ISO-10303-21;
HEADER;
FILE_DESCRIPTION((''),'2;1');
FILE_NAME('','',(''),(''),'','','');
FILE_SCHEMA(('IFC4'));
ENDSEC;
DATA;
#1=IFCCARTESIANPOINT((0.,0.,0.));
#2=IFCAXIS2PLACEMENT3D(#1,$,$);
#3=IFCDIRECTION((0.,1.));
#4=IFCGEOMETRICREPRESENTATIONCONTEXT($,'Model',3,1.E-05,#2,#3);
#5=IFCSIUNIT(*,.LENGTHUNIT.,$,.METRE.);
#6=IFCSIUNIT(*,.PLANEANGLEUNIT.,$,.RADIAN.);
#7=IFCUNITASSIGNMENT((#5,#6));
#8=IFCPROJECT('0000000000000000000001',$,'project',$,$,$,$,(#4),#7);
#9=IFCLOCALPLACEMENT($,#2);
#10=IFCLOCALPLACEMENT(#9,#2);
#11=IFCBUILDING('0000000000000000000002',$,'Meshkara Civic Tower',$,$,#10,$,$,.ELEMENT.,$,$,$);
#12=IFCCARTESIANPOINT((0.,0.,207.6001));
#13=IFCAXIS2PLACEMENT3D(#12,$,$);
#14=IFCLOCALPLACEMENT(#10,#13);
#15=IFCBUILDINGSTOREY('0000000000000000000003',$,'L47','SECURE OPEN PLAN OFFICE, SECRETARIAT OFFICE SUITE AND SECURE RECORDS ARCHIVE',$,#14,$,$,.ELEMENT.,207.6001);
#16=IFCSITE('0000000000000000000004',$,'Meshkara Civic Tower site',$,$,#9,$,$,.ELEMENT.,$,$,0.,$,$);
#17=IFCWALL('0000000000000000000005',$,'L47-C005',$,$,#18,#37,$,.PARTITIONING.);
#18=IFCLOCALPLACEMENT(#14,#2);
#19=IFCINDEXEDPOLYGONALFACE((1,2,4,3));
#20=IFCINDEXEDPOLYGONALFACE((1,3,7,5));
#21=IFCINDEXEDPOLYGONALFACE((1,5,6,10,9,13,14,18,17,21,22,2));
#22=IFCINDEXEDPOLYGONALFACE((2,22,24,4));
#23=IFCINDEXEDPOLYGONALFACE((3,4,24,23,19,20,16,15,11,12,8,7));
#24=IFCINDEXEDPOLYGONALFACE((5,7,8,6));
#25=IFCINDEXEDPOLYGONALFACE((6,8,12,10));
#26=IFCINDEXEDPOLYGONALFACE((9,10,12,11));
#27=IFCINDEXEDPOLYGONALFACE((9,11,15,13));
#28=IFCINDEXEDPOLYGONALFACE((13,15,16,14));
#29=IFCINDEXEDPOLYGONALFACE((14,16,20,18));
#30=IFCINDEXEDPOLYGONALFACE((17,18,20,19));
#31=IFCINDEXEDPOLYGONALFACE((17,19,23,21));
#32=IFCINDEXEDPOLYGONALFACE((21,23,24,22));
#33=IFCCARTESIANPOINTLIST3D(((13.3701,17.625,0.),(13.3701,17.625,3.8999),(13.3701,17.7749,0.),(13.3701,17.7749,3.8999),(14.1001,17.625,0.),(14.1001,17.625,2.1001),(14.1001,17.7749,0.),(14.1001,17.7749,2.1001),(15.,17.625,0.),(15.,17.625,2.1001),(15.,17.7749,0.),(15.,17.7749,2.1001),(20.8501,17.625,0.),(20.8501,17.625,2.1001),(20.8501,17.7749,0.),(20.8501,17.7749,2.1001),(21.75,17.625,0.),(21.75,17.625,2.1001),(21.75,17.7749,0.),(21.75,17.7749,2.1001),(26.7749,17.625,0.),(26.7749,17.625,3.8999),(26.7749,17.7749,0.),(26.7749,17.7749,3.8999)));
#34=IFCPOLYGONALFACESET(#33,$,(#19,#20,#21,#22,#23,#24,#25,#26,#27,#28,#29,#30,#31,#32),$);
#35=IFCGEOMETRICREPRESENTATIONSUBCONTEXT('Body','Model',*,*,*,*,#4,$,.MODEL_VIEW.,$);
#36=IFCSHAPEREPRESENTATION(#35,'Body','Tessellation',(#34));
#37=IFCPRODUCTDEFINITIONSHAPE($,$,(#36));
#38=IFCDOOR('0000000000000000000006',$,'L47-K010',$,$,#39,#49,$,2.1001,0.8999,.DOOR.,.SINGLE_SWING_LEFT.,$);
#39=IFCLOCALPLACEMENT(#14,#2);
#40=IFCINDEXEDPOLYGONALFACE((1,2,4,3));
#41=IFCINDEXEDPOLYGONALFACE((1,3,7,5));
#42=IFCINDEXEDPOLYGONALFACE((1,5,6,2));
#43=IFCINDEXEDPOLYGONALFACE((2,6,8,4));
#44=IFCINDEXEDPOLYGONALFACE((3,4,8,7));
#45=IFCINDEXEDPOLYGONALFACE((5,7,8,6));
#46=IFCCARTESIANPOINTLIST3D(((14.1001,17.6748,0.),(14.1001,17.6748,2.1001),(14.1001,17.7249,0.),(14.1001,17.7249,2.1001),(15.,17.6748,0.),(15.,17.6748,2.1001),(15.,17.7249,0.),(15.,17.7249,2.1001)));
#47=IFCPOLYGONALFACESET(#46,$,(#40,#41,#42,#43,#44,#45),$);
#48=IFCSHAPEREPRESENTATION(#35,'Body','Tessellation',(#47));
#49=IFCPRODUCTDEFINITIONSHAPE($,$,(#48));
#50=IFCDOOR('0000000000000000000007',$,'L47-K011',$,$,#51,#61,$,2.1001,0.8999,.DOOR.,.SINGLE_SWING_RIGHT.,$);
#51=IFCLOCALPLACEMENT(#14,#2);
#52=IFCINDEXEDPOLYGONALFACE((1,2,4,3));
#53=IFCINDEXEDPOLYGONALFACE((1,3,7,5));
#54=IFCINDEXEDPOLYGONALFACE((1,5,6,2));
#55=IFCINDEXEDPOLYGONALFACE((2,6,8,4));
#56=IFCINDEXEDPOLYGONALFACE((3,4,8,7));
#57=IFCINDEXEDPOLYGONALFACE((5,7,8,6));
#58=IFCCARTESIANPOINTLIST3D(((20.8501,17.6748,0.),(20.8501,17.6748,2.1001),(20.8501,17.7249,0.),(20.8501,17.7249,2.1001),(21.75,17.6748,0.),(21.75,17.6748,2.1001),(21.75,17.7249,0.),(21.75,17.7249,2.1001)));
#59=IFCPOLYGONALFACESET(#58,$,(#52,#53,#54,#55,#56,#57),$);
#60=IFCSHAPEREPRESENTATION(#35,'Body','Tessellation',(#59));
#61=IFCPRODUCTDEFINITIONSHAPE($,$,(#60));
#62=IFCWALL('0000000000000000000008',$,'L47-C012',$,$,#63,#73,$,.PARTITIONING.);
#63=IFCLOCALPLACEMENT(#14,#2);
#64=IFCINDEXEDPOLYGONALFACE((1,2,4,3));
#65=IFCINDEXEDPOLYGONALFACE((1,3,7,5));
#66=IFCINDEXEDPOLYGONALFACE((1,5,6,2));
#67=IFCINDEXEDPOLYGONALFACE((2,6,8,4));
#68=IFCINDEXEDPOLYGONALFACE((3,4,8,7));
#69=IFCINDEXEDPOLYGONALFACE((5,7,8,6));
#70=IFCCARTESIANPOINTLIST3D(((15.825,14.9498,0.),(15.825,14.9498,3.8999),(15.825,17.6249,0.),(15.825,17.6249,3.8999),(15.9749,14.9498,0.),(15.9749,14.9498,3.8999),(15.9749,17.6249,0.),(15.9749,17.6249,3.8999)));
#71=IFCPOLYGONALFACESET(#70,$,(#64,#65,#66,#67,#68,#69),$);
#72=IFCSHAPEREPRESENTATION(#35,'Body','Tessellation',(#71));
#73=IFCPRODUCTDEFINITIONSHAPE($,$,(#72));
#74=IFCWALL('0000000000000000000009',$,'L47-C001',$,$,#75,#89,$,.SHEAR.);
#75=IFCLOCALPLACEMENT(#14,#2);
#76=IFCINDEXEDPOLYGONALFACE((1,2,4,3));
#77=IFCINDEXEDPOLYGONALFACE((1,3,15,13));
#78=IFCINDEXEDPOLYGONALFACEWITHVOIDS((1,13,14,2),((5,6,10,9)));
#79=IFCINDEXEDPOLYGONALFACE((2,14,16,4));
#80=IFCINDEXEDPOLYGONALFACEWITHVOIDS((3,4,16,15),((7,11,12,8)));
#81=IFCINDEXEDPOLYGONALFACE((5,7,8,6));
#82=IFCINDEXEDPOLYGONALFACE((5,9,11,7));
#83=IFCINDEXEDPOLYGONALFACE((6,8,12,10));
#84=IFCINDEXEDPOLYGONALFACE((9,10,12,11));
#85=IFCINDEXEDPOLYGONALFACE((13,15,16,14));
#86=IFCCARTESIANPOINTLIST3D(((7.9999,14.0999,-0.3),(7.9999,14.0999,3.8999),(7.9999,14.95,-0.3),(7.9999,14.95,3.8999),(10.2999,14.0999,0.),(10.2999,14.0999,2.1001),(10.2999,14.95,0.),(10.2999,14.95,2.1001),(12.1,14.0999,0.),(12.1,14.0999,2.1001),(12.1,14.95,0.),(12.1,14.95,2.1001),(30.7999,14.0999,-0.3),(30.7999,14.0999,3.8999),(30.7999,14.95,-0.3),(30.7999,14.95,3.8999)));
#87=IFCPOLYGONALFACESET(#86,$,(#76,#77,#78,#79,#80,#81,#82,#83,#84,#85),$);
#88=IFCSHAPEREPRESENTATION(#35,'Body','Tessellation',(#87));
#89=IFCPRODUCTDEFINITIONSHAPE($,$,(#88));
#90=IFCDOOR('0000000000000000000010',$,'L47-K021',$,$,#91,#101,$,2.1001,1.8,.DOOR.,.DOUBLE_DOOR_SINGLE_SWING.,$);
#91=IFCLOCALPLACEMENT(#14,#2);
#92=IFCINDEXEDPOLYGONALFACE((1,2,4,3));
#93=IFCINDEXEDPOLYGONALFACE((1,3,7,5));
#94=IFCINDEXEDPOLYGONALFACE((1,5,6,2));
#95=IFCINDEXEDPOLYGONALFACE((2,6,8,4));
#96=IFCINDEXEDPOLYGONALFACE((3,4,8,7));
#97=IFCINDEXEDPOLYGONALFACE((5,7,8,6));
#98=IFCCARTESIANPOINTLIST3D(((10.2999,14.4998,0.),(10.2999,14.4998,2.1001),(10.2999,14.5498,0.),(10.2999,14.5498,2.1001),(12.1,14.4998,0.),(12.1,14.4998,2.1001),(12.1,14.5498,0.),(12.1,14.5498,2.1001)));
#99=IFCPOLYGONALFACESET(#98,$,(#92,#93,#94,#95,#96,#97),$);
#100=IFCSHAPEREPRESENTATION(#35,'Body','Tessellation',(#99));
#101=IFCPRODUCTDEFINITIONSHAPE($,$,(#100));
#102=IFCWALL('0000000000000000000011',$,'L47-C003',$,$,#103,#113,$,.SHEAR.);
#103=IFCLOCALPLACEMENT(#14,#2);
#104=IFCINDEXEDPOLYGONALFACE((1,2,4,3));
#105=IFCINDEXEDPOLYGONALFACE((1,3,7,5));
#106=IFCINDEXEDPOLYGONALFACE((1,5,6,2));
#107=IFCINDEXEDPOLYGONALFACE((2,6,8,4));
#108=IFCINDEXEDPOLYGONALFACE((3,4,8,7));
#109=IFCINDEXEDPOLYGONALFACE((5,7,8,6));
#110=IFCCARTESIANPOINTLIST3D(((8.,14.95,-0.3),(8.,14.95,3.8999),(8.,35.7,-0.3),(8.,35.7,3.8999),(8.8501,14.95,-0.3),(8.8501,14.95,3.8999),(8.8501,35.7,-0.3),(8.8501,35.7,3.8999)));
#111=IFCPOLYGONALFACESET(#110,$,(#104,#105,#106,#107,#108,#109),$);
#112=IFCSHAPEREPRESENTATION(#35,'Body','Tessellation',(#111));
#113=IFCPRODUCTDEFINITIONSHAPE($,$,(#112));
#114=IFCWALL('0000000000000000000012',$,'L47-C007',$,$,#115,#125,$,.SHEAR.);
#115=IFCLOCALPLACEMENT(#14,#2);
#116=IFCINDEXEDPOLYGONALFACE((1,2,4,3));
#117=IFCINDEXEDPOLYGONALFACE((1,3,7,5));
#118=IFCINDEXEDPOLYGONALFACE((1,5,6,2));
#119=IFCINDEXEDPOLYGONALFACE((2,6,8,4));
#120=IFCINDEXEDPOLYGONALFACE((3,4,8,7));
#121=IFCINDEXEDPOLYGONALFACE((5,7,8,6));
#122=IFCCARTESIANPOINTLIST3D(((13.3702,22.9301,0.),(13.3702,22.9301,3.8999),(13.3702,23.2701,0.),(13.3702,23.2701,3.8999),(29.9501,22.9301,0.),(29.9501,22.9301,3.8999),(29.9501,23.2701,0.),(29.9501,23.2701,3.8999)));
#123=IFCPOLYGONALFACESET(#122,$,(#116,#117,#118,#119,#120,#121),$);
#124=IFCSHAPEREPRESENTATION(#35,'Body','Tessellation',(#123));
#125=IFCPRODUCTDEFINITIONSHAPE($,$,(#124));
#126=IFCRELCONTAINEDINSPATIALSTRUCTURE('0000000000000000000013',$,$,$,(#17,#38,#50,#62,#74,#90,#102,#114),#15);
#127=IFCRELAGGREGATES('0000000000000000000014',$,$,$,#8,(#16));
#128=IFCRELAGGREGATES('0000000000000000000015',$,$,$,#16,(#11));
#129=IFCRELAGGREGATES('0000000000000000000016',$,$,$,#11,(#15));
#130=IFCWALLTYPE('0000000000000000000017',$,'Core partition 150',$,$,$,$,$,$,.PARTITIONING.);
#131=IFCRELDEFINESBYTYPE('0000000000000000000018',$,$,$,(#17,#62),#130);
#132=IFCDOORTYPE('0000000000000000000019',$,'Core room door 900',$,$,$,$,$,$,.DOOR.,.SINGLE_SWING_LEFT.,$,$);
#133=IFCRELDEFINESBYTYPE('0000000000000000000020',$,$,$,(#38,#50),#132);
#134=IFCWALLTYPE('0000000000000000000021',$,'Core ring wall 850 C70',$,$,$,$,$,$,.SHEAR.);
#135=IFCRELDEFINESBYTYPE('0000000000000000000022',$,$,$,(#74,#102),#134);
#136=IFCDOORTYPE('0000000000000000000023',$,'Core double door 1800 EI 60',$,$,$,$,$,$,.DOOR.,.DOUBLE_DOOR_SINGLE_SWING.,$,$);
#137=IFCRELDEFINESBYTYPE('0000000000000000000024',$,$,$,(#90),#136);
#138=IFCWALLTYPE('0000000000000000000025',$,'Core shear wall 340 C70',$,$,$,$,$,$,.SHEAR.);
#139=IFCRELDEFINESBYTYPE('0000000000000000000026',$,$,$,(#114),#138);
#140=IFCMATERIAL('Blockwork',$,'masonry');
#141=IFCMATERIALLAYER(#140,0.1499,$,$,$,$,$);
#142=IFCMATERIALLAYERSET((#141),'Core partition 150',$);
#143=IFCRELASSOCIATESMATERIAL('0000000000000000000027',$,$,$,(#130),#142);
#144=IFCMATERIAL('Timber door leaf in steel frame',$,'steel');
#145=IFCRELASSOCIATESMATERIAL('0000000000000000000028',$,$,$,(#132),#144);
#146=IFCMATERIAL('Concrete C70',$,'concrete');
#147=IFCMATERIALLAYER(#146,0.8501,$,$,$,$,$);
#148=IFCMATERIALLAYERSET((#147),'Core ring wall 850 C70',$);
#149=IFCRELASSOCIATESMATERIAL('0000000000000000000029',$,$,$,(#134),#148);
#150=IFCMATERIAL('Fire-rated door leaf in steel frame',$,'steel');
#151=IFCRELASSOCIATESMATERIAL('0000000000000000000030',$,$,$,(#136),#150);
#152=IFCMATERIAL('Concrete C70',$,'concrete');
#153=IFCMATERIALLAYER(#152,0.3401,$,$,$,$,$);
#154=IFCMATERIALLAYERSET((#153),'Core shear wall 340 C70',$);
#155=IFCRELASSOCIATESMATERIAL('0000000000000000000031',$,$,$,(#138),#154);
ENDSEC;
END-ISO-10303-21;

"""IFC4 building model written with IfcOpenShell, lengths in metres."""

from ifc_helpers import new_model, si_unit, direction, frame, frame_2d, origin, place, context, subcontext, project, spatial, rectangle, extrude, material, layer, layer_set, type_object, element, fill, save


model = new_model("IFC4")

# Units and contexts
model_context = context("Model", 3, precision=1e-05, world=origin(), true_north=direction((0.0, 1.0)))
body_context = subcontext(model_context, "Body", "Model", "MODEL_VIEW")
ifc_project = project(units=[si_unit("LENGTHUNIT", "METRE"), si_unit("PLANEANGLEUNIT", "RADIAN")], contexts=[model_context])

# Site, building, storey
site_placement = place(None, origin())
site = spatial("IfcSite", under=ifc_project, at=site_placement, Name="Meshkara Civic Tower site", CompositionType="ELEMENT", RefElevation=0.0)
building_placement = place(site_placement, origin())
building = spatial("IfcBuilding", under=site, at=building_placement, Name="Meshkara Civic Tower", CompositionType="ELEMENT")
storey_placement = place(building_placement, frame((0.0, 0.0, 207.6001)))
storey = spatial("IfcBuildingStorey", under=building, at=storey_placement, Name="L47", Description="SECURE OPEN PLAN OFFICE, SECRETARIAT OFFICE SUITE AND SECURE RECORDS ARCHIVE", CompositionType="ELEMENT", Elevation=207.6001)

# Wall, openings, doors
ifc_material_1 = material(Name="Blockwork", Category="masonry")
ifc_layer_1 = layer(ifc_material_1, 0.1499)
ifc_layer_set_1 = layer_set([ifc_layer_1], Name="Core partition 150")
wall_type_1 = type_object("IfcWallType", Name="Core partition 150", PredefinedType="PARTITIONING", material=ifc_layer_set_1)
wall_1_placement = place(storey_placement, frame((13.3701, 17.7, 0.0), z_axis=(0.0, 0.0, 1.0), x_axis=(1.0, 0.0, 0.0)))
wall_1 = element("IfcWall", 1, at=wall_1_placement, inside=storey, type_object=wall_type_1, Name="L47-C005", PredefinedType="PARTITIONING", context=body_context, shape_type="SweptSolid", body=[
    extrude(rectangle(XDim=13.4048, YDim=0.1499, at=frame_2d((6.7024, 0.0))), origin(), (0.0, 0.0, 1.0), 3.8999),
])
opening_1_placement = place(wall_1_placement, frame((0.73, 0.0, 0.0)))
opening_1 = element("IfcOpeningElement", 2, at=opening_1_placement, cuts=wall_1, PredefinedType="OPENING", context=body_context, shape_type="SweptSolid", body=[
    extrude(rectangle(XDim=0.8999, YDim=2.1001, at=frame_2d((0.45, 1.05))), frame((0.0, 0.085, 0.0), z_axis=(0.0, -1.0, 0.0), x_axis=(1.0, 0.0, 0.0)), (0.0, 0.0, 1.0), 0.1699),
])
opening_2_placement = place(wall_1_placement, frame((7.48, 0.0, 0.0)))
opening_2 = element("IfcOpeningElement", 3, at=opening_2_placement, cuts=wall_1, PredefinedType="OPENING", context=body_context, shape_type="SweptSolid", body=[
    extrude(rectangle(XDim=0.8999, YDim=2.1001, at=frame_2d((0.45, 1.05))), frame((0.0, 0.085, 0.0), z_axis=(0.0, -1.0, 0.0), x_axis=(1.0, 0.0, 0.0)), (0.0, 0.0, 1.0), 0.1699),
])
ifc_material_2 = material(Name="Timber door leaf in steel frame", Category="steel")
door_type_1 = type_object("IfcDoorType", Name="Core room door 900", OperationType="SINGLE_SWING_LEFT", PredefinedType="DOOR", material=ifc_material_2)
door_1_placement = place(opening_1_placement, origin())
door_1 = element("IfcDoor", 4, at=door_1_placement, inside=storey, type_object=door_type_1, Name="L47-K010", OperationType="SINGLE_SWING_LEFT", OverallHeight=2.1001, OverallWidth=0.8999, PredefinedType="DOOR", context=body_context, shape_type="SweptSolid", body=[
    extrude(rectangle(XDim=0.8999, YDim=2.1001, at=frame_2d((0.45, 1.05))), frame((0.0, 0.0249, 0.0), z_axis=(0.0, -1.0, 0.0), x_axis=(1.0, 0.0, 0.0)), (0.0, 0.0, 1.0), 0.05),
])
fill(opening_1, door_1)
door_2_placement = place(opening_2_placement, origin())
door_2 = element("IfcDoor", 5, at=door_2_placement, inside=storey, type_object=door_type_1, Name="L47-K011", OperationType="SINGLE_SWING_RIGHT", OverallHeight=2.1001, OverallWidth=0.8999, PredefinedType="DOOR", context=body_context, shape_type="SweptSolid", body=[
    extrude(rectangle(XDim=0.8999, YDim=2.1001, at=frame_2d((0.45, 1.05))), frame((0.0, 0.0249, 0.0), z_axis=(0.0, -1.0, 0.0), x_axis=(1.0, 0.0, 0.0)), (0.0, 0.0, 1.0), 0.05),
])
fill(opening_2, door_2)

# Wall
wall_2_placement = place(storey_placement, frame((15.8999, 14.95, 0.0), z_axis=(0.0, 0.0, 1.0), x_axis=(0.0, 1.0, 0.0)))
element("IfcWall", 6, at=wall_2_placement, inside=storey, type_object=wall_type_1, Name="L47-C012", PredefinedType="PARTITIONING", context=body_context, shape_type="SweptSolid", body=[
    extrude(rectangle(XDim=2.675, YDim=0.1499, at=frame_2d((1.3374, 0.0))), origin(), (0.0, 0.0, 1.0), 3.8999),
])

# Wall, opening, door
ifc_material_3 = material(Name="Concrete C70", Category="concrete")
ifc_layer_2 = layer(ifc_material_3, 0.8501)
ifc_layer_set_2 = layer_set([ifc_layer_2], Name="Core ring wall 850 C70")
wall_type_2 = type_object("IfcWallType", Name="Core ring wall 850 C70", PredefinedType="SHEAR", material=ifc_layer_set_2)
wall_3_placement = place(storey_placement, frame((8.0, 14.5249, -0.3), z_axis=(0.0, 0.0, 1.0), x_axis=(1.0, 0.0, 0.0)))
wall_3 = element("IfcWall", 7, at=wall_3_placement, inside=storey, type_object=wall_type_2, Name="L47-C001", PredefinedType="SHEAR", context=body_context, shape_type="SweptSolid", body=[
    extrude(rectangle(XDim=22.8, YDim=0.8501, at=frame_2d((11.3999, 0.0))), origin(), (0.0, 0.0, 1.0), 4.2),
])
opening_3_placement = place(wall_3_placement, frame((2.3, 0.0, 0.3)))
opening_3 = element("IfcOpeningElement", 8, at=opening_3_placement, cuts=wall_3, PredefinedType="OPENING", context=body_context, shape_type="SweptSolid", body=[
    extrude(rectangle(XDim=1.8, YDim=2.1001, at=frame_2d((0.8999, 1.05))), frame((0.0, 0.4351, 0.0), z_axis=(0.0, -1.0, 0.0), x_axis=(1.0, 0.0, 0.0)), (0.0, 0.0, 1.0), 0.8701),
])
ifc_material_4 = material(Name="Fire-rated door leaf in steel frame", Category="steel")
door_type_2 = type_object("IfcDoorType", Name="Core double door 1800 EI 60", OperationType="DOUBLE_DOOR_SINGLE_SWING", PredefinedType="DOOR", material=ifc_material_4)
door_3_placement = place(opening_3_placement, origin())
door_3 = element("IfcDoor", 9, at=door_3_placement, inside=storey, type_object=door_type_2, Name="L47-K021", OperationType="DOUBLE_DOOR_SINGLE_SWING", OverallHeight=2.1001, OverallWidth=1.8, PredefinedType="DOOR", context=body_context, shape_type="SweptSolid", body=[
    extrude(rectangle(XDim=1.8, YDim=2.1001, at=frame_2d((0.8999, 1.05))), frame((0.0, 0.0249, 0.0), z_axis=(0.0, -1.0, 0.0), x_axis=(1.0, 0.0, 0.0)), (0.0, 0.0, 1.0), 0.05),
])
fill(opening_3, door_3)

# Walls
wall_4_placement = place(storey_placement, frame((8.425, 14.95, -0.3), z_axis=(0.0, 0.0, 1.0), x_axis=(0.0, 1.0, 0.0)))
element("IfcWall", 10, at=wall_4_placement, inside=storey, type_object=wall_type_2, Name="L47-C003", PredefinedType="SHEAR", context=body_context, shape_type="SweptSolid", body=[
    extrude(rectangle(XDim=20.75, YDim=0.8501, at=frame_2d((10.375, 0.0))), origin(), (0.0, 0.0, 1.0), 4.2),
])
ifc_material_5 = material(Name="Concrete C70", Category="concrete")
ifc_layer_3 = layer(ifc_material_5, 0.3401)
ifc_layer_set_3 = layer_set([ifc_layer_3], Name="Core shear wall 340 C70")
wall_type_3 = type_object("IfcWallType", Name="Core shear wall 340 C70", PredefinedType="SHEAR", material=ifc_layer_set_3)
wall_5_placement = place(storey_placement, frame((13.3701, 23.1001, 0.0), z_axis=(0.0, 0.0, 1.0), x_axis=(1.0, 0.0, 0.0)))
element("IfcWall", 11, at=wall_5_placement, inside=storey, type_object=wall_type_3, Name="L47-C007", PredefinedType="SHEAR", context=body_context, shape_type="SweptSolid", body=[
    extrude(rectangle(XDim=16.5798, YDim=0.3401, at=frame_2d((8.29, 0.0))), origin(), (0.0, 0.0, 1.0), 3.8999),
])

save(model, "model.ifc")
